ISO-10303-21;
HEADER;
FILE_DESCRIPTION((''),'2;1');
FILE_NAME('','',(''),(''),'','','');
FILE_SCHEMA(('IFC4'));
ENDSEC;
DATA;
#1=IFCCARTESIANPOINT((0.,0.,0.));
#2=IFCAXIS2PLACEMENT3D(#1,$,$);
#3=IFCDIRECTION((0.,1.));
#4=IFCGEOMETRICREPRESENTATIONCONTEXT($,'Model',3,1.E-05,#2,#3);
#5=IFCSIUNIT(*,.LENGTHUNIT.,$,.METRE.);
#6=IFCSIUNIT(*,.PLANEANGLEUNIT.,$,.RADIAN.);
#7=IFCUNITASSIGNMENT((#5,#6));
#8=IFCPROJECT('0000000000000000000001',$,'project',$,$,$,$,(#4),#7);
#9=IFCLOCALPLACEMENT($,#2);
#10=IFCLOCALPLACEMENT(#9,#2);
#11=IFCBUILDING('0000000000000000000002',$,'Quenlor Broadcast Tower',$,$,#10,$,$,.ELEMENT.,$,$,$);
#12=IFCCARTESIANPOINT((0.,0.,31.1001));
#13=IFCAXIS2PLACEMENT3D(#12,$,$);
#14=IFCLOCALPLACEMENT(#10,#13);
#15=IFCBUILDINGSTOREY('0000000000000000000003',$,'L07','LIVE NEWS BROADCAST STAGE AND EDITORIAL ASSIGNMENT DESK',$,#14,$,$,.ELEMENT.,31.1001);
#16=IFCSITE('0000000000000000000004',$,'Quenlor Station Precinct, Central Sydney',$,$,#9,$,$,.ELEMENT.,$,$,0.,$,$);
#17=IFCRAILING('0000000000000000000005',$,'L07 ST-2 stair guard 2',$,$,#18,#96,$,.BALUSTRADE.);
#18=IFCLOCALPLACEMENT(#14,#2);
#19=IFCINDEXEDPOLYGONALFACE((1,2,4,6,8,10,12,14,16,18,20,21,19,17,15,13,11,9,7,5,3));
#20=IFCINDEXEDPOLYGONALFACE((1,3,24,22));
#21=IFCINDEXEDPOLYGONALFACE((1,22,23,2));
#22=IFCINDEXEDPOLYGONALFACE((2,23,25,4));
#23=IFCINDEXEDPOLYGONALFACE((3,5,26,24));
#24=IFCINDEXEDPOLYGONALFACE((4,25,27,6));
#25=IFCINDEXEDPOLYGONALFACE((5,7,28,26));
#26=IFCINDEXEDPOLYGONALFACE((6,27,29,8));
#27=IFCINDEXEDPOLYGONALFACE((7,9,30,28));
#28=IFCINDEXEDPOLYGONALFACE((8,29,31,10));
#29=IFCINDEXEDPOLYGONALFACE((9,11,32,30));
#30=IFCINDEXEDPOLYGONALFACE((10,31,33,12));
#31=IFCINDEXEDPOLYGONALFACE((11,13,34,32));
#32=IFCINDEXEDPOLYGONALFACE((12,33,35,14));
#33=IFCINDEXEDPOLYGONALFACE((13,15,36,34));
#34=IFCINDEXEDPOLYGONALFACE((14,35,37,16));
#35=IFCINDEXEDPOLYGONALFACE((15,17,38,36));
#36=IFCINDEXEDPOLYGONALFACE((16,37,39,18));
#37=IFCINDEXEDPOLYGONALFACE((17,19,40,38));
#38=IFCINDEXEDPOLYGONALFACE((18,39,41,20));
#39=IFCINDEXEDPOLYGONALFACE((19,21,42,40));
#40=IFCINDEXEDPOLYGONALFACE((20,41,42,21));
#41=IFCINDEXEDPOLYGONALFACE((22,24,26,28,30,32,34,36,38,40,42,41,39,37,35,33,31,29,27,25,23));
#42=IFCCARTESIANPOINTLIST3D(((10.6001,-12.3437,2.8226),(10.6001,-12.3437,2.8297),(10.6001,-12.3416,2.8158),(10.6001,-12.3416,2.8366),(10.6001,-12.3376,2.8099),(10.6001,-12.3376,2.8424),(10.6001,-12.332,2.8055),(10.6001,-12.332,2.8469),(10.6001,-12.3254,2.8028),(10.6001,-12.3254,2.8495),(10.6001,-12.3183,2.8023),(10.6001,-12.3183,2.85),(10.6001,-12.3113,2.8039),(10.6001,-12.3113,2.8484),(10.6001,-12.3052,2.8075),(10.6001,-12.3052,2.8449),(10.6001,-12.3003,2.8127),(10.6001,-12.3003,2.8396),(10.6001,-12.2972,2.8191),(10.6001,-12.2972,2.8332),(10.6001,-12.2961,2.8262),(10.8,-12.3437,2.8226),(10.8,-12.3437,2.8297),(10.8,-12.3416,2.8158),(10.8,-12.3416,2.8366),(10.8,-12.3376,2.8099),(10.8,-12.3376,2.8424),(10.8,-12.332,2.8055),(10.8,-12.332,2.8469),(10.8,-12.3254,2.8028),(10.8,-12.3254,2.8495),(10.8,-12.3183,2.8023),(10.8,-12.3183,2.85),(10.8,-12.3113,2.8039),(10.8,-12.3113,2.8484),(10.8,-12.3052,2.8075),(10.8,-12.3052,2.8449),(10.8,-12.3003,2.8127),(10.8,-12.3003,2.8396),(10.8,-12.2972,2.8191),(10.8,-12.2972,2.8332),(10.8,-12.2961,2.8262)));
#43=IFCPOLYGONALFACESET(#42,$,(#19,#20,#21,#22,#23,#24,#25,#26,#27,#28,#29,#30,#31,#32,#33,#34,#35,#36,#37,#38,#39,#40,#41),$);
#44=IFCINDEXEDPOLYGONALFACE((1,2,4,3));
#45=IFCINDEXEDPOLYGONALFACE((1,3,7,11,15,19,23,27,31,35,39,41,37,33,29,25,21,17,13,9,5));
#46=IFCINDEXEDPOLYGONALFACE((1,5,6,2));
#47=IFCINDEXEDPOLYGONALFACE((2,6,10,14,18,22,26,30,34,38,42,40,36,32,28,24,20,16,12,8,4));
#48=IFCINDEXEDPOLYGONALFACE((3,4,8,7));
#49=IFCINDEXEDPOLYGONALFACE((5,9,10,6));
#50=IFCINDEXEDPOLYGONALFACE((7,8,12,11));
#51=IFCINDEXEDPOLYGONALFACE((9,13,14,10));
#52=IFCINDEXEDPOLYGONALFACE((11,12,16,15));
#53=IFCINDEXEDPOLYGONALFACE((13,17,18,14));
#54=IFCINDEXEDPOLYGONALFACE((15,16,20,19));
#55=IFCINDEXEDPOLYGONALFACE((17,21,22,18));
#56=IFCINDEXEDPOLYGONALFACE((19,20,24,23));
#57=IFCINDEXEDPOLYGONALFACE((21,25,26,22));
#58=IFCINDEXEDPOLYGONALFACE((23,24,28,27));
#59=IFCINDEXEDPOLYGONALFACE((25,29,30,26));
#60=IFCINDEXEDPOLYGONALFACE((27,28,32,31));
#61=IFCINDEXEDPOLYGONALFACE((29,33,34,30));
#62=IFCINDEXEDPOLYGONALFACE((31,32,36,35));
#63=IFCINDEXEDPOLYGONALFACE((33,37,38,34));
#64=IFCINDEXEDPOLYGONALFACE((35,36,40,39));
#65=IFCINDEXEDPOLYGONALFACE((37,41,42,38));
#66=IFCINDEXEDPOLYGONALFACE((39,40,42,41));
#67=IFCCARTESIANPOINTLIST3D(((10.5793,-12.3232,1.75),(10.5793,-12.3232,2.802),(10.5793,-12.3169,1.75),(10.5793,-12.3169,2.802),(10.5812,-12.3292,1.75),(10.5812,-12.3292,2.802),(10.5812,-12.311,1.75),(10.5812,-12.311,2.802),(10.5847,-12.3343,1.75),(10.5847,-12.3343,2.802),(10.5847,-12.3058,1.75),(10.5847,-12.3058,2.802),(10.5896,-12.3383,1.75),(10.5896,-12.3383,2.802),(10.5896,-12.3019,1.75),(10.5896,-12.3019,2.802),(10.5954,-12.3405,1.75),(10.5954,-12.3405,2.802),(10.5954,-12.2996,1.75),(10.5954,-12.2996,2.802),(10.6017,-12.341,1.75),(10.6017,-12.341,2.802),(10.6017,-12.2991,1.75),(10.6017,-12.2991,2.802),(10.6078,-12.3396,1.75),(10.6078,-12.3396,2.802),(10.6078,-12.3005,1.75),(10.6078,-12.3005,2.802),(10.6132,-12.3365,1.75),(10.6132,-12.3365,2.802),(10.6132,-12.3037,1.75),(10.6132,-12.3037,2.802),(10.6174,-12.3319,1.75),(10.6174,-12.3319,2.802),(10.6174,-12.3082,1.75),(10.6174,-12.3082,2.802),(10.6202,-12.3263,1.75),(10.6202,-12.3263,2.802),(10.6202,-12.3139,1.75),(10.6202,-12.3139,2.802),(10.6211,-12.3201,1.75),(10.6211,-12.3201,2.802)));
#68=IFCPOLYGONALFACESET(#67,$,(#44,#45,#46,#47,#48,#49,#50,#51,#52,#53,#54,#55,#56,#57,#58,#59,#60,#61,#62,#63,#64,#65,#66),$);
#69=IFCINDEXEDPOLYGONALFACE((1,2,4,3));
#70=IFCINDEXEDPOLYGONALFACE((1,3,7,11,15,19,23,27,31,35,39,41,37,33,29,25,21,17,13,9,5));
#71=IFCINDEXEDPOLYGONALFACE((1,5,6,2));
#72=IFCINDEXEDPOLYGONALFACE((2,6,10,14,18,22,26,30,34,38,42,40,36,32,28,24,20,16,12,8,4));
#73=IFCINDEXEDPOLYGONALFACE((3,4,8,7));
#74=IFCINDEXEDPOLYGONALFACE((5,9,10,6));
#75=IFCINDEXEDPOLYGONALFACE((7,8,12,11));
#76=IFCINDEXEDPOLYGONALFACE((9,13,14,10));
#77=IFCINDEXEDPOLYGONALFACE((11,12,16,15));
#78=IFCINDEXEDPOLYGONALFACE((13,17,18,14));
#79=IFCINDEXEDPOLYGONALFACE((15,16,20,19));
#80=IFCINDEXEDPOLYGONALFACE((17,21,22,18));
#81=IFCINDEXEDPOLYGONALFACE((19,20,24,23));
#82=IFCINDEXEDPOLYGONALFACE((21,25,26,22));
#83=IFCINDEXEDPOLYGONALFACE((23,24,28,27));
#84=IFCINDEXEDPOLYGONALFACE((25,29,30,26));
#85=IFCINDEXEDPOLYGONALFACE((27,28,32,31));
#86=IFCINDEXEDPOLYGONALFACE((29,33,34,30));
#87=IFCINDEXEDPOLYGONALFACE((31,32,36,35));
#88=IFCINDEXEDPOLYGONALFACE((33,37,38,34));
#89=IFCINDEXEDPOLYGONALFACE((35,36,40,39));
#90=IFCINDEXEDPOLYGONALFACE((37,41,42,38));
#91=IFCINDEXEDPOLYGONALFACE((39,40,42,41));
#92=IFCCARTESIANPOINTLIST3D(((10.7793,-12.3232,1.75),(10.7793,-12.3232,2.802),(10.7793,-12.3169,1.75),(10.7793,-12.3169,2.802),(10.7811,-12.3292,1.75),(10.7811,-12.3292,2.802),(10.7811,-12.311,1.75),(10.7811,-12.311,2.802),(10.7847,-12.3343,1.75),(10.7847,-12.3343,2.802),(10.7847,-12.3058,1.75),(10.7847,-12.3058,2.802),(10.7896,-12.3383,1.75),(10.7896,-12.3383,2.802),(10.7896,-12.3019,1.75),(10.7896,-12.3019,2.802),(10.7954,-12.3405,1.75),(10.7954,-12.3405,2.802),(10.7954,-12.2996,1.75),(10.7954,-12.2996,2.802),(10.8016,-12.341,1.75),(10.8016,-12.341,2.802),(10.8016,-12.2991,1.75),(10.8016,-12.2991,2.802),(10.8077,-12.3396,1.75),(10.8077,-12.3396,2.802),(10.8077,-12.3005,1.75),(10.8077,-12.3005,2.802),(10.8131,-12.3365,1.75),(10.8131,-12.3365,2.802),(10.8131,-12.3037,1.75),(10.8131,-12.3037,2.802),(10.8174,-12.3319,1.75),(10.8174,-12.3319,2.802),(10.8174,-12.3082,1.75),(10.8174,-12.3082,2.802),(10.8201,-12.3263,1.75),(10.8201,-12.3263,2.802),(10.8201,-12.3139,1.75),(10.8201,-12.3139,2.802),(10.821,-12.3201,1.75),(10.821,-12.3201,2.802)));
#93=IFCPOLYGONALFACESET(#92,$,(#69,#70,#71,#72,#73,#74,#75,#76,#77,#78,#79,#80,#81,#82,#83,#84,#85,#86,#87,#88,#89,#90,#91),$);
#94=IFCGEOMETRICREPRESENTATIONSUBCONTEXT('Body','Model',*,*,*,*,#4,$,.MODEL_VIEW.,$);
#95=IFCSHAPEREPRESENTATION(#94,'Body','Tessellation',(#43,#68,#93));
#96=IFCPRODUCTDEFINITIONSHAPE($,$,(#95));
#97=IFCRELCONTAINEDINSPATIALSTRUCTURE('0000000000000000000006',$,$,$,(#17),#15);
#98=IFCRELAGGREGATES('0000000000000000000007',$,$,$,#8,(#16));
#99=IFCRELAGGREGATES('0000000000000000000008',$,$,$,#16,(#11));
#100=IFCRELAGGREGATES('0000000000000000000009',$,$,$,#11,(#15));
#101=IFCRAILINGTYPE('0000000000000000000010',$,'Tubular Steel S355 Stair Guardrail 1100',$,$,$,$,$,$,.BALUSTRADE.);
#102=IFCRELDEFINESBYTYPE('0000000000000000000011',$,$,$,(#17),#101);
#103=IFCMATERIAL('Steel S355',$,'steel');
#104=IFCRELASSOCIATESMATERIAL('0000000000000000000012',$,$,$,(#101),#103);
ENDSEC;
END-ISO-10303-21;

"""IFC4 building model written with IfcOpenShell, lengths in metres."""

from ifc_helpers import new_model, si_unit, direction, frame, origin, origin_2d, place, context, subcontext, project, spatial, circle, extrude, material, type_object, element, save


model = new_model("IFC4")

# Units and contexts
model_context = context("Model", 3, precision=1e-05, world=origin(), true_north=direction((0.0, 1.0)))
body_context = subcontext(model_context, "Body", "Model", "MODEL_VIEW")
ifc_project = project(units=[si_unit("LENGTHUNIT", "METRE"), si_unit("PLANEANGLEUNIT", "RADIAN")], contexts=[model_context])

# Site, building, storey
site_placement = place(None, origin())
site = spatial("IfcSite", under=ifc_project, at=site_placement, Name="Quenlor Station Precinct, Central Sydney", CompositionType="ELEMENT", RefElevation=0.0)
building_placement = place(site_placement, origin())
building = spatial("IfcBuilding", under=site, at=building_placement, Name="Quenlor Broadcast Tower", CompositionType="ELEMENT")
storey_placement = place(building_placement, frame((0.0, 0.0, 31.1001)))
storey = spatial("IfcBuildingStorey", under=building, at=storey_placement, Name="L07", Description="LIVE NEWS BROADCAST STAGE AND EDITORIAL ASSIGNMENT DESK", CompositionType="ELEMENT", Elevation=31.1001)

# Railing
ifc_material_1 = material(Name="Steel S355", Category="steel")
railing_type_1 = type_object("IfcRailingType", Name="Tubular Steel S355 Stair Guardrail 1100", PredefinedType="BALUSTRADE", material=ifc_material_1)
railing_1_placement = place(storey_placement, frame((10.6001, -12.3201, 1.75)))
element("IfcRailing", 1, at=railing_1_placement, inside=storey, type_object=railing_type_1, Name="L07 ST-2 stair guard 2", PredefinedType="BALUSTRADE", context=body_context, shape_type="SweptSolid", body=[
    extrude(circle(Radius=0.0239, at=origin_2d()), frame((0.0, 0.0, 1.0762), z_axis=(1.0, 0.0, 0.0), x_axis=(0.0, 1.0, 0.0)), (0.0, 0.0, 1.0), 0.2),
    extrude(circle(Radius=0.021, at=origin_2d()), origin(), (0.0, 0.0, 1.0), 1.052),
    extrude(circle(Radius=0.021, at=origin_2d()), frame((0.2, 0.0, 0.0)), (0.0, 0.0, 1.0), 1.052),
])

save(model, "model.ifc")
